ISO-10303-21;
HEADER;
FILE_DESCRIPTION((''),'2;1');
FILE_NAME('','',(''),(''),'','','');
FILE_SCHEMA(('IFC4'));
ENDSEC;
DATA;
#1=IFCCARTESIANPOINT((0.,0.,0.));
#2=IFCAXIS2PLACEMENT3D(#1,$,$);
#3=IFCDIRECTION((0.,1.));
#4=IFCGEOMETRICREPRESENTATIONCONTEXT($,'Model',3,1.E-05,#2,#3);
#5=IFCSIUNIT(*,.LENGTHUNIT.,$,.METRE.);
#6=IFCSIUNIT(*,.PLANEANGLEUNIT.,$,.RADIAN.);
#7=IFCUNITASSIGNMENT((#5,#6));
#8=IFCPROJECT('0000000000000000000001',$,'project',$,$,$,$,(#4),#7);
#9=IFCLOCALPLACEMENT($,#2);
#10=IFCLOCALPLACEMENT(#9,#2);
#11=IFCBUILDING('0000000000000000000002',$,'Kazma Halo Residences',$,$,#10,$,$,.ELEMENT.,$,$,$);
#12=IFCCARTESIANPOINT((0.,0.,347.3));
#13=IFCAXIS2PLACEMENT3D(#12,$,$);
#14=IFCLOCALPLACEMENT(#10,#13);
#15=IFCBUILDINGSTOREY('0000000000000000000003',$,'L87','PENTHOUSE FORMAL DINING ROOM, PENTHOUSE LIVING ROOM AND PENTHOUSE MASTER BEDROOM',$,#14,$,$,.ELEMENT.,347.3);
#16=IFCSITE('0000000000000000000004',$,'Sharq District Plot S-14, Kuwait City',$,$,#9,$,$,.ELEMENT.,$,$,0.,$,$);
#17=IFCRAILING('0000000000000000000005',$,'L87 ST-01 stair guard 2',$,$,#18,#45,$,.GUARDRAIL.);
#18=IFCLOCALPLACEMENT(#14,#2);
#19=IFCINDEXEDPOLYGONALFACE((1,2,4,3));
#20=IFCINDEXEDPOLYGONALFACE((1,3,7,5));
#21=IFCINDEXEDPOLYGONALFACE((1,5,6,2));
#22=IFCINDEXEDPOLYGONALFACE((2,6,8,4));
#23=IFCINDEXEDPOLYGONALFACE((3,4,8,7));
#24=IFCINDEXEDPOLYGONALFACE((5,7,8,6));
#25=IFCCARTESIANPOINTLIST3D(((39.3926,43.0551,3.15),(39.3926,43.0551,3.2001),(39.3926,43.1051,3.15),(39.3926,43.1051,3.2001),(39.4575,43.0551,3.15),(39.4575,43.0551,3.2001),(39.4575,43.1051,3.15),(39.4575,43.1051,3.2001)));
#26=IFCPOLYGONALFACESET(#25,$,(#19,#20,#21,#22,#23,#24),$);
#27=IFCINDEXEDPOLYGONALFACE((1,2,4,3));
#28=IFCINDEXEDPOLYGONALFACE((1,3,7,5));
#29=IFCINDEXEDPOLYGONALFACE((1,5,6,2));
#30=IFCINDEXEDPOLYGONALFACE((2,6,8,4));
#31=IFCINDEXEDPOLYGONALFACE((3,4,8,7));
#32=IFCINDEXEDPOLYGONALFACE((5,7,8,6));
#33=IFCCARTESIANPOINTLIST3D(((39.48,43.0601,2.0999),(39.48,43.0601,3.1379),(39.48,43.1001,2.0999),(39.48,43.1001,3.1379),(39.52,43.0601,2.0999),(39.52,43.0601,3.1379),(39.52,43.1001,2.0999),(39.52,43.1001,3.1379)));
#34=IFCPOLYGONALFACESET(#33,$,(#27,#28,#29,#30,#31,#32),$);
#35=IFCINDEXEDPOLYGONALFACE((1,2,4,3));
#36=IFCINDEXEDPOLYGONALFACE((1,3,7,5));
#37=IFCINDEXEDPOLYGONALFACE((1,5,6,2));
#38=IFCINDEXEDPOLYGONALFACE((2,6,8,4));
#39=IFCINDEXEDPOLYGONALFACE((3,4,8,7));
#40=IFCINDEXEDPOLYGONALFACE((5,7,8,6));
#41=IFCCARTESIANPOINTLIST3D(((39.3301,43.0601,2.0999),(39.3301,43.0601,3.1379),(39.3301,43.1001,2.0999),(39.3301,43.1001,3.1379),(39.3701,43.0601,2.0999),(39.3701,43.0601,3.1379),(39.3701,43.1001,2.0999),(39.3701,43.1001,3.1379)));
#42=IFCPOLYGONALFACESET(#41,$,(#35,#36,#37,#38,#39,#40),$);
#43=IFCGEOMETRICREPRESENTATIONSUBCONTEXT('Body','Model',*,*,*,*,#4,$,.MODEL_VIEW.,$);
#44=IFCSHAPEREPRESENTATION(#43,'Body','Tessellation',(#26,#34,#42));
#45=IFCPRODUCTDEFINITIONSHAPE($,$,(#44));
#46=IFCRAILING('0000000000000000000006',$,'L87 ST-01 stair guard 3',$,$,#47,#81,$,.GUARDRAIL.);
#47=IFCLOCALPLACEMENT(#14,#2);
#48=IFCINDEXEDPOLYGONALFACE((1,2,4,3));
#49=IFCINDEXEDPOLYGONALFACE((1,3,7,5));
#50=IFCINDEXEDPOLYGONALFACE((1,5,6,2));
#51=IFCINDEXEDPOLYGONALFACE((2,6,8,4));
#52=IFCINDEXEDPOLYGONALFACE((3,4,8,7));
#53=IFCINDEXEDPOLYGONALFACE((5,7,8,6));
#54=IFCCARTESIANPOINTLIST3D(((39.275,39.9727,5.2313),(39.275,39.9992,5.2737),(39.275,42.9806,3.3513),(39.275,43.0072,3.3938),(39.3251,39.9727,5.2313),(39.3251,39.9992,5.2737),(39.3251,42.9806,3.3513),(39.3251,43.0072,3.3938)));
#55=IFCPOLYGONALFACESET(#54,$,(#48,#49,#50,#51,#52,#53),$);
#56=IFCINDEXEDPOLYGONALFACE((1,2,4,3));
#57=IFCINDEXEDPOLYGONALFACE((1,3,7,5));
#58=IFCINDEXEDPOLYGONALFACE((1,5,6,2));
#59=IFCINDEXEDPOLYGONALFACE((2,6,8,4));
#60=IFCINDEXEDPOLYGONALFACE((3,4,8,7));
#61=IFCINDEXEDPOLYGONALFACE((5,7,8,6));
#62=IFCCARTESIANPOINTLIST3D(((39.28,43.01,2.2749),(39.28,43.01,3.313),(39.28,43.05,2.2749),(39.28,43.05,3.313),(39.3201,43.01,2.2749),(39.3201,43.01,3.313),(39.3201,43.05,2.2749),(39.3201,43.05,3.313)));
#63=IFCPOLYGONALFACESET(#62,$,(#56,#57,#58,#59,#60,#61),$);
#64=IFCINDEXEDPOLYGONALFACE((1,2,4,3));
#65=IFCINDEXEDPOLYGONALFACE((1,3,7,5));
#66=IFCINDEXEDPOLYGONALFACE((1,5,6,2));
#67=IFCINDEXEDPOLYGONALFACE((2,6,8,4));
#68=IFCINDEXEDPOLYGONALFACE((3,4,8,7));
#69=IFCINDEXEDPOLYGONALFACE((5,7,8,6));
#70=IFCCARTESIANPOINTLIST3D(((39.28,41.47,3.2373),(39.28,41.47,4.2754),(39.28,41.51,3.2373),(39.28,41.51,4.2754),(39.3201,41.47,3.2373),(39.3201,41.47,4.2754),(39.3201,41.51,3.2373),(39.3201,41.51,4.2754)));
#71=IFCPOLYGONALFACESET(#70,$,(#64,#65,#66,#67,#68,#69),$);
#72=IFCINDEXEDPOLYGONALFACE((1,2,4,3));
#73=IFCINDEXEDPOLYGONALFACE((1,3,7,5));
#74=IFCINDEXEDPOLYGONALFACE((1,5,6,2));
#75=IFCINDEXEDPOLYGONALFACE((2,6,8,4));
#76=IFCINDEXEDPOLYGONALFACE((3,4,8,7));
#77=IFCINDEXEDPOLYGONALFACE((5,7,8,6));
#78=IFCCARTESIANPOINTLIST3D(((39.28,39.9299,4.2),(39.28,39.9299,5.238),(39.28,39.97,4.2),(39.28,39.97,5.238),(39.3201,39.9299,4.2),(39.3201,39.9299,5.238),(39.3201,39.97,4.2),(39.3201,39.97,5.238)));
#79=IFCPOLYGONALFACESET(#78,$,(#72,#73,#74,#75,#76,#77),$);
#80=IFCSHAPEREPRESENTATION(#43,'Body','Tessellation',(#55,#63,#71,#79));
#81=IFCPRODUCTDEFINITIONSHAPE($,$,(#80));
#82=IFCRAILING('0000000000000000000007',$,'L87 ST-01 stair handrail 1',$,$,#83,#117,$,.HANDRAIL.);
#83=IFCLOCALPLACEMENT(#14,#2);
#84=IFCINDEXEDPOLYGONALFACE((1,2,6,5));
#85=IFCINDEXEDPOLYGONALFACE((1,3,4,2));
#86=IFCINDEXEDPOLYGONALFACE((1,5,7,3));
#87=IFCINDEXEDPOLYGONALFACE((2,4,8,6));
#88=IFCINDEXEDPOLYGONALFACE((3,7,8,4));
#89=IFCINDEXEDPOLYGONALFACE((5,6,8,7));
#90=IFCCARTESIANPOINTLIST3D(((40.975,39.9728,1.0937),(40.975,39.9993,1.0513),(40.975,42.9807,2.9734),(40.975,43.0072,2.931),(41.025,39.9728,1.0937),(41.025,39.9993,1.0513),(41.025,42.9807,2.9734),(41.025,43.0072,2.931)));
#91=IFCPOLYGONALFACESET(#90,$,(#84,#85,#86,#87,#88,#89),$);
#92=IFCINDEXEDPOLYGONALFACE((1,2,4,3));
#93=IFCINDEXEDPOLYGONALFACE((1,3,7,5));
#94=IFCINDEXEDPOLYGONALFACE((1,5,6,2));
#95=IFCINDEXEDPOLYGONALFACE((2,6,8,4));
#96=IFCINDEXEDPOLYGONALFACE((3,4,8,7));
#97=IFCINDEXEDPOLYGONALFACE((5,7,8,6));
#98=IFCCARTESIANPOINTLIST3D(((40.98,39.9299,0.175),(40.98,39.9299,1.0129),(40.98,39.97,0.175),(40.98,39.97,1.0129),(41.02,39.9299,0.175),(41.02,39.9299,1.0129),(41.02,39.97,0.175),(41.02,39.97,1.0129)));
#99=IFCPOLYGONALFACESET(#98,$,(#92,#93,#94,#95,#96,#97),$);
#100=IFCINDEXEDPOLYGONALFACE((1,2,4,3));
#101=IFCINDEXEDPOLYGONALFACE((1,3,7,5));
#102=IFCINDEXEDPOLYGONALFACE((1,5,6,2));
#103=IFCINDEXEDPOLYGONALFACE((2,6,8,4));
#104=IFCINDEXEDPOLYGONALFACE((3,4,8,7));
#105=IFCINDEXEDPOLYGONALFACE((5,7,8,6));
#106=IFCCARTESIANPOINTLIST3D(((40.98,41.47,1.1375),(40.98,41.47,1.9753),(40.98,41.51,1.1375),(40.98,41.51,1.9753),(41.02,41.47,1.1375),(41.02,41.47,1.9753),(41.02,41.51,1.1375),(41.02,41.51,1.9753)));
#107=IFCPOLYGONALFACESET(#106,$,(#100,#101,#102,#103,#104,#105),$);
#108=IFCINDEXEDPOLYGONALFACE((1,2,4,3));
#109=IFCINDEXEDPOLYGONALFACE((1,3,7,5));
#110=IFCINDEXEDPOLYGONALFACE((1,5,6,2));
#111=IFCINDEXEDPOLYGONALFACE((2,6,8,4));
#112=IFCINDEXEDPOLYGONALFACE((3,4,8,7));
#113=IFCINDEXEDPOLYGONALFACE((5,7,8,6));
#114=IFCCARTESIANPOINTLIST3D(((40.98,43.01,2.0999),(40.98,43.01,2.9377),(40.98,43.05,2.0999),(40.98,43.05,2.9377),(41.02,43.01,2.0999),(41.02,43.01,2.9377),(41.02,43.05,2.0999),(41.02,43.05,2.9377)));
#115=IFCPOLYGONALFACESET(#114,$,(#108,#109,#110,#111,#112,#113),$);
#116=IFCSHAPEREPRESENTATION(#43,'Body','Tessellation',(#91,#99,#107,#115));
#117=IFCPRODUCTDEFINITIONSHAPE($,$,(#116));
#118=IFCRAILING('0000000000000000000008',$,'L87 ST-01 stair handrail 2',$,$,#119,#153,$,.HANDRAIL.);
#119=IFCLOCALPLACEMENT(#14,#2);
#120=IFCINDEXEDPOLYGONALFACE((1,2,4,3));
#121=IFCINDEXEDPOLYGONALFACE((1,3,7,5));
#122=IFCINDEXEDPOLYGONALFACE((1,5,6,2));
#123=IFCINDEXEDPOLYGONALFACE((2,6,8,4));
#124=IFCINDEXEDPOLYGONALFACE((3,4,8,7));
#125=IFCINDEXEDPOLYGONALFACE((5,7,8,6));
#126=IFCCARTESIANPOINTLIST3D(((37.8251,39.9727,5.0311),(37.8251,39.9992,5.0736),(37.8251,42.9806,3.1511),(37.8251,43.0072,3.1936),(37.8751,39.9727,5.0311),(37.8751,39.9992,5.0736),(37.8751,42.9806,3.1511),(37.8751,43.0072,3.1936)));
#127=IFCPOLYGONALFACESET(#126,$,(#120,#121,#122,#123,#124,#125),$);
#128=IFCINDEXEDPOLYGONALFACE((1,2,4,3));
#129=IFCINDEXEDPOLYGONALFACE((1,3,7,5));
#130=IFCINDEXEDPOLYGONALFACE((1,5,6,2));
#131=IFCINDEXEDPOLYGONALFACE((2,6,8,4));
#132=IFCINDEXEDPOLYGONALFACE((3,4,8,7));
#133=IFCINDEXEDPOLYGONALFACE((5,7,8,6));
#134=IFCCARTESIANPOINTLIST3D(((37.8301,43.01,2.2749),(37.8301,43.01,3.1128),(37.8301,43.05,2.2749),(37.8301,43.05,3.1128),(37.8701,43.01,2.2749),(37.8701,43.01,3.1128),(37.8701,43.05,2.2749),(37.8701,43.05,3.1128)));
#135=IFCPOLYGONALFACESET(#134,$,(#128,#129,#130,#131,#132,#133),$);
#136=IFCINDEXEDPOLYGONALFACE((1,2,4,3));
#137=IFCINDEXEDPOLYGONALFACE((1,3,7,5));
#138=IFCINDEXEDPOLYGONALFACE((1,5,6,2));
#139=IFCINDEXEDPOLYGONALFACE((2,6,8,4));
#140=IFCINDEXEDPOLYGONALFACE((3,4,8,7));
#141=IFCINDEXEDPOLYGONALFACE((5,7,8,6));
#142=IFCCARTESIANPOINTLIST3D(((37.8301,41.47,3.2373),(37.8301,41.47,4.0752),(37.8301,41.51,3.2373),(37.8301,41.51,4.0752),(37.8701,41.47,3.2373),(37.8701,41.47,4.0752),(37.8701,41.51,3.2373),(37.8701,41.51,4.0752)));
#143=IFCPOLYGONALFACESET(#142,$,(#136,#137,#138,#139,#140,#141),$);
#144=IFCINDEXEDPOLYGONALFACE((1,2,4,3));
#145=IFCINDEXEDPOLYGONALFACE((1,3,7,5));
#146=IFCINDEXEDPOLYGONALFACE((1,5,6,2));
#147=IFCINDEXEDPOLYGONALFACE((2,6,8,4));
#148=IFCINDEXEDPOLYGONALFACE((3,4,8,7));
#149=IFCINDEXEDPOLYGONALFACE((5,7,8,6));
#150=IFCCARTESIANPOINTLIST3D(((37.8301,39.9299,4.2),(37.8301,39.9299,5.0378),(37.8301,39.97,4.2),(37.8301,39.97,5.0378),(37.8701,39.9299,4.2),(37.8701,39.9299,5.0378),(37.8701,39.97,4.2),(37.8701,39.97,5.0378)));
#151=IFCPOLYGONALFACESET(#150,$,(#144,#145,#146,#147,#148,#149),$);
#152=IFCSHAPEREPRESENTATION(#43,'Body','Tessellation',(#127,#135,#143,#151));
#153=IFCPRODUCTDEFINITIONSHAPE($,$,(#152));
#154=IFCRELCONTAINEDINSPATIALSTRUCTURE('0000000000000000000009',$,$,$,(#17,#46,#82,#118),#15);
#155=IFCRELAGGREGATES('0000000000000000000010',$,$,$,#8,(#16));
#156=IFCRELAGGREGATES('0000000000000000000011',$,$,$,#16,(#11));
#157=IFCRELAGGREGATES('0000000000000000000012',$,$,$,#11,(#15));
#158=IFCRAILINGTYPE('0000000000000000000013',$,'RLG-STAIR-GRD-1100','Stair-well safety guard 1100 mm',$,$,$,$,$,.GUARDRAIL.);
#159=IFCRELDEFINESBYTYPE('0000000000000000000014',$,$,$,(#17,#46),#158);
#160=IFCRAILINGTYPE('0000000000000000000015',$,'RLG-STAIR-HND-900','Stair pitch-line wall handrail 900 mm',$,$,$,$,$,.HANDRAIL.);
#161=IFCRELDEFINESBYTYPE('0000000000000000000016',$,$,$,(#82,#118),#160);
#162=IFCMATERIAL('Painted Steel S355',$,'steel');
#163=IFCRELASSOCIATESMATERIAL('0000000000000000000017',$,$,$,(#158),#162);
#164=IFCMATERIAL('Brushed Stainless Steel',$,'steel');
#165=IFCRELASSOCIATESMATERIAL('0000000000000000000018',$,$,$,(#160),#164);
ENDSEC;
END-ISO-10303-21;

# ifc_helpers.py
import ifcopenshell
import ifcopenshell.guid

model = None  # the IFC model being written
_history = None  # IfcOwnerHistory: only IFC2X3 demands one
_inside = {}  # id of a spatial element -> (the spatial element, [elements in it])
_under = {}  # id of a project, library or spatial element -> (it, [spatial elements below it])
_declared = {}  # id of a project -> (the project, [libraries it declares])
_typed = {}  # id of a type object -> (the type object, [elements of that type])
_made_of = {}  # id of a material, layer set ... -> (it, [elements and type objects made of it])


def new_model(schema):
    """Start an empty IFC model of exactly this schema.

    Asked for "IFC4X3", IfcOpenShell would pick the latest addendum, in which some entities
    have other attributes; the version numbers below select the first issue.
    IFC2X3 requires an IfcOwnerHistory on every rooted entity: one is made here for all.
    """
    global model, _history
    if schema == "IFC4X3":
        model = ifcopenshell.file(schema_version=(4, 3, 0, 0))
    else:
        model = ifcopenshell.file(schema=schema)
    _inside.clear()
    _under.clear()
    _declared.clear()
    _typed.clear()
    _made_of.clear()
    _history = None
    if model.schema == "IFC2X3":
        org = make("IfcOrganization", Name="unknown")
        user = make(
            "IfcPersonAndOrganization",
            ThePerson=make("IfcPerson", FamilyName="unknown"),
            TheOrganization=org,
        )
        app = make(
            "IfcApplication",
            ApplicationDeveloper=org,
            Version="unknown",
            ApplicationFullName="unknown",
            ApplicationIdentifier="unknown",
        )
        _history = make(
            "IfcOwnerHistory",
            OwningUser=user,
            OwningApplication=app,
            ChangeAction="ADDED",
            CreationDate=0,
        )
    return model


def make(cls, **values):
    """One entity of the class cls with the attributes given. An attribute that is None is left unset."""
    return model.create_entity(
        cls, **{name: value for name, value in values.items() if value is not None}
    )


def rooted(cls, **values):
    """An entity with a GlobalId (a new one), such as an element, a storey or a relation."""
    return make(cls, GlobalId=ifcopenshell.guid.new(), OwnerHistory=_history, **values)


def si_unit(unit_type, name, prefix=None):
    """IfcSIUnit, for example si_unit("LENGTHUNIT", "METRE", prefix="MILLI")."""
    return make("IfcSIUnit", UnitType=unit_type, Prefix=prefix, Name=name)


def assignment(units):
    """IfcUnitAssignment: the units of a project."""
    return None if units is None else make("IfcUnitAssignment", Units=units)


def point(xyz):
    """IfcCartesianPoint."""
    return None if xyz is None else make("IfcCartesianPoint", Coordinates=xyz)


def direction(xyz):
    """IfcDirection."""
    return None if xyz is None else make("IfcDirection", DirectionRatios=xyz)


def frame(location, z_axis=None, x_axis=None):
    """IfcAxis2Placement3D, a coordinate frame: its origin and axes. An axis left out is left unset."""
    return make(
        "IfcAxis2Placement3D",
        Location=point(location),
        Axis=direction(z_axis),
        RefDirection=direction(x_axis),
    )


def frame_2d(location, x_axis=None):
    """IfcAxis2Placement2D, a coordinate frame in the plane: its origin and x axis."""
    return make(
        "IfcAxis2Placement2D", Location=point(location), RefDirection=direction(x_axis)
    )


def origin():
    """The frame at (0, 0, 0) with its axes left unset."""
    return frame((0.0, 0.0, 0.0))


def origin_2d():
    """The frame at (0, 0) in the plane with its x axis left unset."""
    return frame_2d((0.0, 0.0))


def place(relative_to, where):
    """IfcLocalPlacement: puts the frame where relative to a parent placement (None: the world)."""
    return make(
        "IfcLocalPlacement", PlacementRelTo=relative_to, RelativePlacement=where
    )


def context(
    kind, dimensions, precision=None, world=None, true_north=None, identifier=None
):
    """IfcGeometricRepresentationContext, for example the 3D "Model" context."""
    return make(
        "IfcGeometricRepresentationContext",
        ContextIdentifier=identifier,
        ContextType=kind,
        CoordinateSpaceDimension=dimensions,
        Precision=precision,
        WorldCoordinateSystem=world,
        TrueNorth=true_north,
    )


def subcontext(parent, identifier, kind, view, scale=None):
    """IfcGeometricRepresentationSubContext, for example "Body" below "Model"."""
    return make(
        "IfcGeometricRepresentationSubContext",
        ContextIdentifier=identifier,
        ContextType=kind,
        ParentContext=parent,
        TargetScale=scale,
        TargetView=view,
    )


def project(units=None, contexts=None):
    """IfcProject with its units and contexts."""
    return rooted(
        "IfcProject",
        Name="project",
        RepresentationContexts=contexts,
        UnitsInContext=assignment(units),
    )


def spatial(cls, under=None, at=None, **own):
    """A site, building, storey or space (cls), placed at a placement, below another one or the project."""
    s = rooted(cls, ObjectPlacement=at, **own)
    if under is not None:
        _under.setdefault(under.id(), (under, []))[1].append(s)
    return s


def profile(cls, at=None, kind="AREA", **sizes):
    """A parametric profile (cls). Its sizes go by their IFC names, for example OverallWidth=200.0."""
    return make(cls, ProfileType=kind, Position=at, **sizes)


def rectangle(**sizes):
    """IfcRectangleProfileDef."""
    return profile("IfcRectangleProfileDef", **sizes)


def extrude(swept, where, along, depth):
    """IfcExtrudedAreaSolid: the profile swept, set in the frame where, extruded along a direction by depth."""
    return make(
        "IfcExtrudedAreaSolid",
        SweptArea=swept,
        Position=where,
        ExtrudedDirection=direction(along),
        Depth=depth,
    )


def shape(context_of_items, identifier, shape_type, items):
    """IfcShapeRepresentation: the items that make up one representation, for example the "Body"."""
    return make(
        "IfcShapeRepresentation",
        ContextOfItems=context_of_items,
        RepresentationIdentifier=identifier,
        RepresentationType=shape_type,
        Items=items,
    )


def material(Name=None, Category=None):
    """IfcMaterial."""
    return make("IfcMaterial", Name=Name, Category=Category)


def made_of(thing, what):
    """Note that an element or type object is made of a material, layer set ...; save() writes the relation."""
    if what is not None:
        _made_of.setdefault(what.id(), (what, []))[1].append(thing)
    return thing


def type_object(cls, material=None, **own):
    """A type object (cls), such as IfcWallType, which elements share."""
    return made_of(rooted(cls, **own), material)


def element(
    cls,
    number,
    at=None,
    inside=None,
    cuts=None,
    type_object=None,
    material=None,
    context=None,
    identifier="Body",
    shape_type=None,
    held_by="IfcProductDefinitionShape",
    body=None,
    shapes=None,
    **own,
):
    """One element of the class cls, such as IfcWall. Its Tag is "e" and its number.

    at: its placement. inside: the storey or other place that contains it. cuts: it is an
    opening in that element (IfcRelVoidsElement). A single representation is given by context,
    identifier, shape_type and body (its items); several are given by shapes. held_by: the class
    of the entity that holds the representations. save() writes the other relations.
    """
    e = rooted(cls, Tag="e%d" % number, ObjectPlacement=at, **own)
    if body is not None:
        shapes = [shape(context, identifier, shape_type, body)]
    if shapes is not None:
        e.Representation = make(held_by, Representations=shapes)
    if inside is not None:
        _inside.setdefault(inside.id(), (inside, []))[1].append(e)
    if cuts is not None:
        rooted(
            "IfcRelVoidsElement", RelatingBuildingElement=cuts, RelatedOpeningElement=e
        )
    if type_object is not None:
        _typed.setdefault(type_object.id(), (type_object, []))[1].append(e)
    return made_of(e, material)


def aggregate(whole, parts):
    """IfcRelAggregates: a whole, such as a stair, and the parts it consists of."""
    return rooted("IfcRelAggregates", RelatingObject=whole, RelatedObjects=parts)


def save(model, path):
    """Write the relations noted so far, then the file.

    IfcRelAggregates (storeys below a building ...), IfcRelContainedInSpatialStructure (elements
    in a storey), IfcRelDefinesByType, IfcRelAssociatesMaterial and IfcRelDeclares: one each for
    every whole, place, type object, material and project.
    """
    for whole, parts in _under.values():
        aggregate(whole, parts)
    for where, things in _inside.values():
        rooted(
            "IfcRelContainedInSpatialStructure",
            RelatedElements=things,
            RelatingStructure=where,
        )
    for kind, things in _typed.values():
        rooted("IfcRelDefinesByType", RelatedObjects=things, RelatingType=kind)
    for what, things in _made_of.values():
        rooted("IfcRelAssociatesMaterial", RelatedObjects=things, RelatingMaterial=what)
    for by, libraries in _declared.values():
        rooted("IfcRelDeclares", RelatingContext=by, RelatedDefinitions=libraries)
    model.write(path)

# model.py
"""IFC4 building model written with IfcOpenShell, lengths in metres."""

from ifc_helpers import new_model, si_unit, direction, frame, origin, origin_2d, place, context, subcontext, project, spatial, rectangle, extrude, material, type_object, element, save


model = new_model("IFC4")

# Units and contexts
model_context = context("Model", 3, precision=1e-05, world=origin(), true_north=direction((0.0, 1.0)))
body_context = subcontext(model_context, "Body", "Model", "MODEL_VIEW")
ifc_project = project(units=[si_unit("LENGTHUNIT", "METRE"), si_unit("PLANEANGLEUNIT", "RADIAN")], contexts=[model_context])

# Site, building, storey
site_placement = place(None, origin())
site = spatial("IfcSite", under=ifc_project, at=site_placement, Name="Sharq District Plot S-14, Kuwait City", CompositionType="ELEMENT", RefElevation=0.0)
building_placement = place(site_placement, origin())
building = spatial("IfcBuilding", under=site, at=building_placement, Name="Kazma Halo Residences", CompositionType="ELEMENT")
storey_placement = place(building_placement, frame((0.0, 0.0, 347.3)))
storey = spatial("IfcBuildingStorey", under=building, at=storey_placement, Name="L87", Description="PENTHOUSE FORMAL DINING ROOM, PENTHOUSE LIVING ROOM AND PENTHOUSE MASTER BEDROOM", CompositionType="ELEMENT", Elevation=347.3)

# Railings
ifc_material_1 = material(Name="Painted Steel S355", Category="steel")
railing_type_1 = type_object("IfcRailingType", Name="RLG-STAIR-GRD-1100", Description="Stair-well safety guard 1100 mm", PredefinedType="GUARDRAIL", material=ifc_material_1)
railing_1_placement = place(storey_placement, frame((39.5, 43.0801, 2.0999)))
element("IfcRailing", 1, at=railing_1_placement, inside=storey, type_object=railing_type_1, Name="L87 ST-01 stair guard 2", PredefinedType="GUARDRAIL", context=body_context, shape_type="SweptSolid", body=[
    extrude(rectangle(XDim=0.05, YDim=0.05, at=origin_2d()), frame((-0.0425, 0.0, 1.0752), z_axis=(-1.0, 0.0, 0.0), x_axis=(0.0, -1.0, 0.0)), (0.0, 0.0, 1.0), 0.0649),
    extrude(rectangle(XDim=0.04, YDim=0.04, at=origin_2d()), origin(), (0.0, 0.0, 1.0), 1.0381),
    extrude(rectangle(XDim=0.04, YDim=0.04, at=origin_2d()), frame((-0.1499, 0.0, 0.0)), (0.0, 0.0, 1.0), 1.0381),
])
railing_2_placement = place(storey_placement, frame((39.3, 43.03, 2.2749)))
element("IfcRailing", 2, at=railing_2_placement, inside=storey, type_object=railing_type_1, Name="L87 ST-01 stair guard 3", PredefinedType="GUARDRAIL", context=body_context, shape_type="SweptSolid", body=[
    extrude(rectangle(XDim=0.05, YDim=0.05, at=origin_2d()), frame((0.0, -0.0361, 1.0977), z_axis=(0.0, -0.847998, 0.529999), x_axis=(1.0, 0.0, 0.0)), (0.0, 0.0, 1.0), 3.5471),
    extrude(rectangle(XDim=0.04, YDim=0.04, at=origin_2d()), origin(), (0.0, 0.0, 1.0), 1.0381),
    extrude(rectangle(XDim=0.04, YDim=0.04, at=origin_2d()), frame((0.0, -1.54, 0.9624)), (0.0, 0.0, 1.0), 1.0381),
    extrude(rectangle(XDim=0.04, YDim=0.04, at=origin_2d()), frame((0.0, -3.0801, 1.925)), (0.0, 0.0, 1.0), 1.0381),
])
ifc_material_2 = material(Name="Brushed Stainless Steel", Category="steel")
railing_type_2 = type_object("IfcRailingType", Name="RLG-STAIR-HND-900", Description="Stair pitch-line wall handrail 900 mm", PredefinedType="HANDRAIL", material=ifc_material_2)
railing_3_placement = place(storey_placement, frame((41.0, 39.95, 0.175)))
element("IfcRailing", 3, at=railing_3_placement, inside=storey, type_object=railing_type_2, Name="L87 ST-01 stair handrail 1", PredefinedType="HANDRAIL", context=body_context, shape_type="SweptSolid", body=[
    extrude(rectangle(XDim=0.05, YDim=0.05, at=origin_2d()), frame((0.0, 0.0361, 0.8975), z_axis=(0.0, 0.848029, 0.529951), x_axis=(-1.0, 0.0, 0.0)), (0.0, 0.0, 1.0), 3.5469),
    extrude(rectangle(XDim=0.04, YDim=0.04, at=origin_2d()), origin(), (0.0, 0.0, 1.0), 0.8379),
    extrude(rectangle(XDim=0.04, YDim=0.04, at=origin_2d()), frame((0.0, 1.54, 0.9624)), (0.0, 0.0, 1.0), 0.8379),
    extrude(rectangle(XDim=0.04, YDim=0.04, at=origin_2d()), frame((0.0, 3.0801, 1.9248)), (0.0, 0.0, 1.0), 0.8379),
])
railing_4_placement = place(storey_placement, frame((37.8501, 43.03, 2.2749)))
element("IfcRailing", 4, at=railing_4_placement, inside=storey, type_object=railing_type_2, Name="L87 ST-01 stair handrail 2", PredefinedType="HANDRAIL", context=body_context, shape_type="SweptSolid", body=[
    extrude(rectangle(XDim=0.05, YDim=0.05, at=origin_2d()), frame((0.0, -0.0361, 0.8975), z_axis=(0.0, -0.847998, 0.529999), x_axis=(1.0, 0.0, 0.0)), (0.0, 0.0, 1.0), 3.5471),
    extrude(rectangle(XDim=0.04, YDim=0.04, at=origin_2d()), origin(), (0.0, 0.0, 1.0), 0.8379),
    extrude(rectangle(XDim=0.04, YDim=0.04, at=origin_2d()), frame((0.0, -1.54, 0.9624)), (0.0, 0.0, 1.0), 0.8379),
    extrude(rectangle(XDim=0.04, YDim=0.04, at=origin_2d()), frame((0.0, -3.0801, 1.925)), (0.0, 0.0, 1.0), 0.8379),
])

save(model, "model.ifc")
